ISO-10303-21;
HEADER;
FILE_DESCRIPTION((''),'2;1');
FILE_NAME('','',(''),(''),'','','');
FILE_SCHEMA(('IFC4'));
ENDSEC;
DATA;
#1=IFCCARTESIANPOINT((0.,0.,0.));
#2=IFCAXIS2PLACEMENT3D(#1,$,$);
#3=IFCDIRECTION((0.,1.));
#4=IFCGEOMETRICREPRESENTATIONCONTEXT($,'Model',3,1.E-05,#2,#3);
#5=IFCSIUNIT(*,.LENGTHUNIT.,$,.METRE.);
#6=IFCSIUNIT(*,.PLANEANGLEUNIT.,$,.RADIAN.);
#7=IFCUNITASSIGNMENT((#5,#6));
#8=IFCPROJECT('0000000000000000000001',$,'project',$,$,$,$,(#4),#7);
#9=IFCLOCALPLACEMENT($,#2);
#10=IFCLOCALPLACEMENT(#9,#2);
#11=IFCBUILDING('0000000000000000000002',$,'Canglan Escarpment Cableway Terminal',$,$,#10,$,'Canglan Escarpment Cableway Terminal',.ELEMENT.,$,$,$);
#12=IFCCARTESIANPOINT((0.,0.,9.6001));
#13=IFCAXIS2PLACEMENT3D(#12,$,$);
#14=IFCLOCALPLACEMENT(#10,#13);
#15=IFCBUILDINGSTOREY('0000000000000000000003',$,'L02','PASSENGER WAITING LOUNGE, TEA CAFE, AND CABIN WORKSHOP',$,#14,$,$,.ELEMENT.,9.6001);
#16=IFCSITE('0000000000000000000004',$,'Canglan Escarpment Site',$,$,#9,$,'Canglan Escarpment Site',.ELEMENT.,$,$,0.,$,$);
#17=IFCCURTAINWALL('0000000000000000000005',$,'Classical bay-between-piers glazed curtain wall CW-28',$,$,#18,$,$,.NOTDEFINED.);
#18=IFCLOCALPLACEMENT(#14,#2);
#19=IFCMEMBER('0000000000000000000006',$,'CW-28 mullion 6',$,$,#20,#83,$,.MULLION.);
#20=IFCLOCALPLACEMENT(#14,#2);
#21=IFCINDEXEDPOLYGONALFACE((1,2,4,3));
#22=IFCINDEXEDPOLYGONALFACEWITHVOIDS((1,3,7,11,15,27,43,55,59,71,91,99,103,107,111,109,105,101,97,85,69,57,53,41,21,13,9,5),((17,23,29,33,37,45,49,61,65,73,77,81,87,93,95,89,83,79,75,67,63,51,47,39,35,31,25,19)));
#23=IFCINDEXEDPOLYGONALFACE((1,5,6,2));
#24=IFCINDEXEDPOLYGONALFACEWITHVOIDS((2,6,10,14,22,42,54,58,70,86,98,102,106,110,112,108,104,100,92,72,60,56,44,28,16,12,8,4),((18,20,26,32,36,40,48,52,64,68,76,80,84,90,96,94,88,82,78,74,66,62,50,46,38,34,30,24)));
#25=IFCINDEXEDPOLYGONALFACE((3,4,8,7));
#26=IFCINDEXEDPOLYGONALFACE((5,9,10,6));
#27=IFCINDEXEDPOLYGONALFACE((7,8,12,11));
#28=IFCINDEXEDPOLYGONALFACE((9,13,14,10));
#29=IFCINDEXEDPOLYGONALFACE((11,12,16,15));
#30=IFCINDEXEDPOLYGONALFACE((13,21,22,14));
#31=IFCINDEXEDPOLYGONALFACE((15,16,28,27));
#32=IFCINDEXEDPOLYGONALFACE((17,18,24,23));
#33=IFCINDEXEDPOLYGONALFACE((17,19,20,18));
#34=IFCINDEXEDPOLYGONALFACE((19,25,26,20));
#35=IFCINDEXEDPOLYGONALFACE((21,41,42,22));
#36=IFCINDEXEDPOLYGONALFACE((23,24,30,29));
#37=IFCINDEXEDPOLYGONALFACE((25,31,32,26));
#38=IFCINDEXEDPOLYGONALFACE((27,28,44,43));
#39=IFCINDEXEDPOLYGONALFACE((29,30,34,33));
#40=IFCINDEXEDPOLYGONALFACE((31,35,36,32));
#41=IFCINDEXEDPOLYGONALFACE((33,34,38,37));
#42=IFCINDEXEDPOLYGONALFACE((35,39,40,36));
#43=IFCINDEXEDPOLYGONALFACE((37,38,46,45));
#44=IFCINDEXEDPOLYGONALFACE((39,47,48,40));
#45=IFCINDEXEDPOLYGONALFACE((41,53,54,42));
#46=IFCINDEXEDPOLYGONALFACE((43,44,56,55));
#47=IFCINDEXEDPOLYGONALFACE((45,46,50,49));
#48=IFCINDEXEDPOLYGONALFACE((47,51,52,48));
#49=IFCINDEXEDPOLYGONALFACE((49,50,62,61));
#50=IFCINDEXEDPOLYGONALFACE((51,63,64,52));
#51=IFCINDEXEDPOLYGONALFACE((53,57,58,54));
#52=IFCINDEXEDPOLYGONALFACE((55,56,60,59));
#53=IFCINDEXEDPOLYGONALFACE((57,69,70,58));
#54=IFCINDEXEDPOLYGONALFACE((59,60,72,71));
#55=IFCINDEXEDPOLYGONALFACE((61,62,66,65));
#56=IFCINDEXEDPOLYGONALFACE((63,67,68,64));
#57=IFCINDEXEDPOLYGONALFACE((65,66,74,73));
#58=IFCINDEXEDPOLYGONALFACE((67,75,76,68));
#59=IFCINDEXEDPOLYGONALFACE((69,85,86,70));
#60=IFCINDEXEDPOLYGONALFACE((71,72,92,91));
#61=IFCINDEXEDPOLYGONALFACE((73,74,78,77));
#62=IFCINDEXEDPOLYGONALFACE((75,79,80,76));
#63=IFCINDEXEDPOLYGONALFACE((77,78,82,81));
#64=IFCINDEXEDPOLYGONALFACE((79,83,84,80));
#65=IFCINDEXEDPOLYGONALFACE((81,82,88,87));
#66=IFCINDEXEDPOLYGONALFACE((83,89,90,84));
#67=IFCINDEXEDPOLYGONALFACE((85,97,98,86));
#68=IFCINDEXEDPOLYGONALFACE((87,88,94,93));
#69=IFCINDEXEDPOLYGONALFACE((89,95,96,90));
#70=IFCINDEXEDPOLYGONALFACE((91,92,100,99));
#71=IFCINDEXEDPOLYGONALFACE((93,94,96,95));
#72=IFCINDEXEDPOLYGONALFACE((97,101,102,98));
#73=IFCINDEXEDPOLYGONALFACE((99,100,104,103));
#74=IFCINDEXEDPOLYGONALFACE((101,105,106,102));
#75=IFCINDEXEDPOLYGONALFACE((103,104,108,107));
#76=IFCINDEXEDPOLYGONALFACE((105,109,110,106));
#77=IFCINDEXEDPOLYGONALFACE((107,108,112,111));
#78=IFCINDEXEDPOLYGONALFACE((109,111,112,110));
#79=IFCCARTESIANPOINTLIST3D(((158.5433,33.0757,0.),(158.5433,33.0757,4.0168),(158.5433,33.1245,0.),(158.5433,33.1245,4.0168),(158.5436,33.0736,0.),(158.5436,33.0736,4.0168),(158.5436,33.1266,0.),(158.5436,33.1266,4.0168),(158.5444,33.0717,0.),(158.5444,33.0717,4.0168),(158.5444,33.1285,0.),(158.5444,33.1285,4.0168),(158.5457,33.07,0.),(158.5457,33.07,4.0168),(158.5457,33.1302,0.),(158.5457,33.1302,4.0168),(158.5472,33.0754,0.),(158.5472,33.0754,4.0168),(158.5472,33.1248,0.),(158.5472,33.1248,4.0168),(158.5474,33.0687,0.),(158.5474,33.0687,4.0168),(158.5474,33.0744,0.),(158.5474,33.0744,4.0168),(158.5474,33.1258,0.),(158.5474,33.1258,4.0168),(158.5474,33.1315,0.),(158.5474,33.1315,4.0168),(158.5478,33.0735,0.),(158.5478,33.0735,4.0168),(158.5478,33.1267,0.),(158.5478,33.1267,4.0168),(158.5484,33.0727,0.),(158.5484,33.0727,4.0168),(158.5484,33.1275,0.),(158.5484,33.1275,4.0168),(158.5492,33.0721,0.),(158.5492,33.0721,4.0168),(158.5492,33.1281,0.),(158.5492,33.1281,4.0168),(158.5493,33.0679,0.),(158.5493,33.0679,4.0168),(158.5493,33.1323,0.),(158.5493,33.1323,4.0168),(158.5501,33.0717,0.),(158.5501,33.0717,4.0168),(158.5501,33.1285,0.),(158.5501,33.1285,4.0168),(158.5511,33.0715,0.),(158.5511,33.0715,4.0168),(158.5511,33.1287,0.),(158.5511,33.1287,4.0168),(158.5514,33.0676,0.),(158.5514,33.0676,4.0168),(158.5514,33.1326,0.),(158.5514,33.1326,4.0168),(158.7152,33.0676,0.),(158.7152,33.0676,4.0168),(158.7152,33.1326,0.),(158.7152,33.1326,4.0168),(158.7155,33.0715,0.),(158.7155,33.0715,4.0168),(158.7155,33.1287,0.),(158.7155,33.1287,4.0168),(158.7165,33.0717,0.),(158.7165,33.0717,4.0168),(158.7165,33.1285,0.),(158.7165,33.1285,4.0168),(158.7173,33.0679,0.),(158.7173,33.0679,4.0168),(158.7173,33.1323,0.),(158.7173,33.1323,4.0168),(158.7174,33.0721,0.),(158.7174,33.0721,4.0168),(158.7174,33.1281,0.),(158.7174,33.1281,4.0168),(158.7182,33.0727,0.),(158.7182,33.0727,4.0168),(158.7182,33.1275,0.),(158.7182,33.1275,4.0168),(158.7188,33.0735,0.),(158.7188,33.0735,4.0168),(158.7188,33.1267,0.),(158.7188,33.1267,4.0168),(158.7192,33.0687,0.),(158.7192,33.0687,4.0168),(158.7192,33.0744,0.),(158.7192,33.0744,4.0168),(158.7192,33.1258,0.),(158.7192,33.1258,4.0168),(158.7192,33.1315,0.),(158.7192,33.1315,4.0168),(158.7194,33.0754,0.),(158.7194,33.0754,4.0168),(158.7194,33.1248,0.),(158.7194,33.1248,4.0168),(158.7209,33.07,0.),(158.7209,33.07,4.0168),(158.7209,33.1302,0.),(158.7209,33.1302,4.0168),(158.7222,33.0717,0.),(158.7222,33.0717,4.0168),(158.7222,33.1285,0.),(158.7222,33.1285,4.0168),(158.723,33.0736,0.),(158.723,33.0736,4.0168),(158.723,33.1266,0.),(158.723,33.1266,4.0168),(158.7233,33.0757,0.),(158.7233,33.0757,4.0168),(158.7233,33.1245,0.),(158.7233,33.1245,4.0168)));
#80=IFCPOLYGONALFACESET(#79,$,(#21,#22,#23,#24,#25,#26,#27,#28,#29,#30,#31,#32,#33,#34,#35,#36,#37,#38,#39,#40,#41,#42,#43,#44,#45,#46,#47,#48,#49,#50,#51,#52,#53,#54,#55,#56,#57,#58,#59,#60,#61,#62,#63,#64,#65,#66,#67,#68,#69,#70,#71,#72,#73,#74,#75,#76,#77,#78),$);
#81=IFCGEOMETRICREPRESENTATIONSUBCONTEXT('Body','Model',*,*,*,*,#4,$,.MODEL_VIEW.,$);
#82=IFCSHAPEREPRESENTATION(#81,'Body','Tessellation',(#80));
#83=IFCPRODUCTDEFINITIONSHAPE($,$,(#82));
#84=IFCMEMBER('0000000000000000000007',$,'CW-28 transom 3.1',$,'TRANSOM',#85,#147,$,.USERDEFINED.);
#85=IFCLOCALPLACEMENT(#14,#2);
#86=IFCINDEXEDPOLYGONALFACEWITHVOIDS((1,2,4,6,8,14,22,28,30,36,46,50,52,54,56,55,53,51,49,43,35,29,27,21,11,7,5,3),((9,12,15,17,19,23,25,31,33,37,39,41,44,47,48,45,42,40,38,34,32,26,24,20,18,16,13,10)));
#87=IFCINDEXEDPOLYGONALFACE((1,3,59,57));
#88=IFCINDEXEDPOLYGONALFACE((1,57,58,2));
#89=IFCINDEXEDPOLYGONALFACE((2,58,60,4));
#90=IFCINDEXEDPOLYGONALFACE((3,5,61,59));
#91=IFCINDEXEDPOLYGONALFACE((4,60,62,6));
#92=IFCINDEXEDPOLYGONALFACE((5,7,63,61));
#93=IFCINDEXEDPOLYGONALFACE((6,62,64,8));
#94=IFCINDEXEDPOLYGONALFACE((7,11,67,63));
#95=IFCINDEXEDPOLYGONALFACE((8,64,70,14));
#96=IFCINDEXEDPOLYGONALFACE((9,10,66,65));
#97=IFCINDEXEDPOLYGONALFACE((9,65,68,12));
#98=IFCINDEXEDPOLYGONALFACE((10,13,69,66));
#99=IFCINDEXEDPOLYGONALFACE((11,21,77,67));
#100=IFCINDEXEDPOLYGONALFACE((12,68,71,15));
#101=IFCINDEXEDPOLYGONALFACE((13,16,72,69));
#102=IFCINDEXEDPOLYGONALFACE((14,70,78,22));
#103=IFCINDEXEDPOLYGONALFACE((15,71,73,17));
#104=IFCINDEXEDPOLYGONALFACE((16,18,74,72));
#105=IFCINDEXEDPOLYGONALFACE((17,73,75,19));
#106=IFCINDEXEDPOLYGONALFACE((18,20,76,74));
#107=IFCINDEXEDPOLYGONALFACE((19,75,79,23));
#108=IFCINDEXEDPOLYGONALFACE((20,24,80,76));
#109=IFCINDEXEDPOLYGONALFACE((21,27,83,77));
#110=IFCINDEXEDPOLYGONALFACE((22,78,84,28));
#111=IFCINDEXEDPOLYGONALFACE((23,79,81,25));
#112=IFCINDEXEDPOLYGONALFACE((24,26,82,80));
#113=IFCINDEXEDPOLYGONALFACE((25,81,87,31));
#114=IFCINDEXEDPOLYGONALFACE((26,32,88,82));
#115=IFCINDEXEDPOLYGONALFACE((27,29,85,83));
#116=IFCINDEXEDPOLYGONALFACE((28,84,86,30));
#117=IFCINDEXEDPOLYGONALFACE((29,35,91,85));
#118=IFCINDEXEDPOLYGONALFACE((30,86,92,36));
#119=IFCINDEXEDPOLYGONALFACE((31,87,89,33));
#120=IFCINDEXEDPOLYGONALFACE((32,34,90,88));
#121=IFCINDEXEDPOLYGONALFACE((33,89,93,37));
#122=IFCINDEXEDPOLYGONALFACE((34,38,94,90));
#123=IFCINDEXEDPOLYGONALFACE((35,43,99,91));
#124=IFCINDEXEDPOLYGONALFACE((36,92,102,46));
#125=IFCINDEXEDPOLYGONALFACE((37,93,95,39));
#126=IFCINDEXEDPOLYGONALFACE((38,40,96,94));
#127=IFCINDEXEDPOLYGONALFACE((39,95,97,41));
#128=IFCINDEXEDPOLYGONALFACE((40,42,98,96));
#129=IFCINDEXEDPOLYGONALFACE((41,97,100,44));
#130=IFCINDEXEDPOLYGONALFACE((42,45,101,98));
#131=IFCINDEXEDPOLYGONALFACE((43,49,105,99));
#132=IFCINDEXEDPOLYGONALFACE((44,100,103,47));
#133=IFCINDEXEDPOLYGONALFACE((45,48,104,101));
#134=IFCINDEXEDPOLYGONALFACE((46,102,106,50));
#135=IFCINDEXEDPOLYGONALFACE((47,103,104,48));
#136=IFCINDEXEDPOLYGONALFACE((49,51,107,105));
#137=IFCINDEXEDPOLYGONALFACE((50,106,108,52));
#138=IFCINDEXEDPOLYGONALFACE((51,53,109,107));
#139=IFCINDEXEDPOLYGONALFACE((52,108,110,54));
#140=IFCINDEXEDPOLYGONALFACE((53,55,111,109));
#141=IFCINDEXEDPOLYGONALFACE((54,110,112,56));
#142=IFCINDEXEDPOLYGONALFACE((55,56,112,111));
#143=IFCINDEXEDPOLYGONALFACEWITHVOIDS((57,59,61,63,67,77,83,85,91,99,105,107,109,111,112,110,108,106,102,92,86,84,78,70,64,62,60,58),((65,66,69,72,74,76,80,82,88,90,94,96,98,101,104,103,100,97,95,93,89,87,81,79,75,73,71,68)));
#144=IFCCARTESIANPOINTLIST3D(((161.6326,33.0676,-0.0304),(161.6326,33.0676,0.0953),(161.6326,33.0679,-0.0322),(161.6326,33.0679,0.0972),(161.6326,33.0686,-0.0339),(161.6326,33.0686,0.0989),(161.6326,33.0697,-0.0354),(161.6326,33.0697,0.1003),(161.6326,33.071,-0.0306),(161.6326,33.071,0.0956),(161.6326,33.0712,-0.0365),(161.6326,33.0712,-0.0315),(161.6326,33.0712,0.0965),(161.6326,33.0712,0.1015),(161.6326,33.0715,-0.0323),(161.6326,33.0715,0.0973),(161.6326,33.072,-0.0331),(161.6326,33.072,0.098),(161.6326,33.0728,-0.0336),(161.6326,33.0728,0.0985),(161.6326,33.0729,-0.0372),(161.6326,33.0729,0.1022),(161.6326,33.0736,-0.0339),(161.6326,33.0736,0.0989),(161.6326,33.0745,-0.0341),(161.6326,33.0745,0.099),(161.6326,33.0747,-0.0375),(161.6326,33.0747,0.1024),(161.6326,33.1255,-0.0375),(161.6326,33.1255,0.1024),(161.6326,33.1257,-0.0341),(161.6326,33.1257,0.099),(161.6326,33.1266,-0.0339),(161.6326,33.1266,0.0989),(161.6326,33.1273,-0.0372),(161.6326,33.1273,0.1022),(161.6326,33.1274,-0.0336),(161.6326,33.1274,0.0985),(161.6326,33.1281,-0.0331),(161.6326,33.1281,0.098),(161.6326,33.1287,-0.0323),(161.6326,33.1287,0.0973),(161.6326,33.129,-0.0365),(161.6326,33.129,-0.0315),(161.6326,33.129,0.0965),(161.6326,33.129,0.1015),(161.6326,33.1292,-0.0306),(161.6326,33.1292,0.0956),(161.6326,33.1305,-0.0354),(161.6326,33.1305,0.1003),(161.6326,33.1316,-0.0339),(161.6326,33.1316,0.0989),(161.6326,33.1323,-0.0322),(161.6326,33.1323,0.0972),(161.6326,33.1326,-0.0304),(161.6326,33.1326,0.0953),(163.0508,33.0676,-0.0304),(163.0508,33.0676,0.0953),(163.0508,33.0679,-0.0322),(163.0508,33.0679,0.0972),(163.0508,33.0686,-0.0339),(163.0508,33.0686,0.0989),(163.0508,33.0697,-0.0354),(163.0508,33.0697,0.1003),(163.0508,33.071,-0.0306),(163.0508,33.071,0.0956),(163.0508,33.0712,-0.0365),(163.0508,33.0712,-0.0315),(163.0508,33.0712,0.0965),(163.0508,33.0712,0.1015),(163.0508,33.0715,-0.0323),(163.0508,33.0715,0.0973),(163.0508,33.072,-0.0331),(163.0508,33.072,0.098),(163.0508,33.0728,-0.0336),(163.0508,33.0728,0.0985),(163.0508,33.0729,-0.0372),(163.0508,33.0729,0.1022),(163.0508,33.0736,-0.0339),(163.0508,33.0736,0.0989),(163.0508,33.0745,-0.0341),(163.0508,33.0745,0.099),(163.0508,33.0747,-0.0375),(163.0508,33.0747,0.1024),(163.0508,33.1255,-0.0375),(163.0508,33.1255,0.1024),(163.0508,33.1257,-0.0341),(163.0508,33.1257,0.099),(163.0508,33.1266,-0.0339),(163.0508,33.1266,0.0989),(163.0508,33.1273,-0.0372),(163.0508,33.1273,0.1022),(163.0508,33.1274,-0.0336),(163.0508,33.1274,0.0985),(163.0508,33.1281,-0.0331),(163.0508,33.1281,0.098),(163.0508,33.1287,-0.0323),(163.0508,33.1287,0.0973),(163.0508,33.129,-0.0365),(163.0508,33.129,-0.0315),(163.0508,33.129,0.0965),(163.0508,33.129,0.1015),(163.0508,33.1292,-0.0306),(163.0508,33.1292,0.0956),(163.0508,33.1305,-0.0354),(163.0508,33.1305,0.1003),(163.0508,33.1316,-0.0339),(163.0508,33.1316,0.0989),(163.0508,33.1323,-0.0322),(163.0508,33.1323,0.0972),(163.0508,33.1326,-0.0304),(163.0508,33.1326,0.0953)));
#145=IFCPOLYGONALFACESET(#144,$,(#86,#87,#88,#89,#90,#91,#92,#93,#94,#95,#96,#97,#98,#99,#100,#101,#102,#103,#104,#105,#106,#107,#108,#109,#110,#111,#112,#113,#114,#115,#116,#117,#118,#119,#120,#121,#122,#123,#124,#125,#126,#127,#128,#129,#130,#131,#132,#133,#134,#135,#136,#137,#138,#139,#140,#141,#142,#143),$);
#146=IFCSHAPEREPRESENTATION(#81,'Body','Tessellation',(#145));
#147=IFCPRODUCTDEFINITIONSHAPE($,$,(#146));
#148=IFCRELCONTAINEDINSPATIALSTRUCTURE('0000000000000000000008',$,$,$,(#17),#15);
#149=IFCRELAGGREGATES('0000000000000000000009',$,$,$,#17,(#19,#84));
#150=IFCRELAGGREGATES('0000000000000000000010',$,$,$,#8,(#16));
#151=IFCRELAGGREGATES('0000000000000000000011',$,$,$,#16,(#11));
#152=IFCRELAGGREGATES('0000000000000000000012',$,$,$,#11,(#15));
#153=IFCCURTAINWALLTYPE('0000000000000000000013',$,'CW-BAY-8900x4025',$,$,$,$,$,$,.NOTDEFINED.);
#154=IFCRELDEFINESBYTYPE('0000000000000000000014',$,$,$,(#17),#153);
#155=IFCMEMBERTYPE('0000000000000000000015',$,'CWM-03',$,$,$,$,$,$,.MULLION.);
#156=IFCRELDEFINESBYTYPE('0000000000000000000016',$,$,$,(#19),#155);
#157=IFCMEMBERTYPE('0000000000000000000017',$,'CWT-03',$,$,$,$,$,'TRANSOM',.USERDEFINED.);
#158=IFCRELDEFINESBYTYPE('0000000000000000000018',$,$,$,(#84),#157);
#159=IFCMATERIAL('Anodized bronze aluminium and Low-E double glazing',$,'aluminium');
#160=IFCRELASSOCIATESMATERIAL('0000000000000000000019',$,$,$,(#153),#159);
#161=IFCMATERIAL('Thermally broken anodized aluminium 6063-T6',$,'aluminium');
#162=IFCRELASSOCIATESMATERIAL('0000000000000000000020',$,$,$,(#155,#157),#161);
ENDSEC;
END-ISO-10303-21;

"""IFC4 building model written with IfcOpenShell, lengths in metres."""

from ifc_helpers import new_model, si_unit, direction, frame, origin, origin_2d, place, context, subcontext, project, spatial, hollow_rectangle, extrude, material, material_profile, profile_set, type_object, element, aggregate, save


model = new_model("IFC4")

# Units and contexts
model_context = context("Model", 3, precision=1e-05, world=origin(), true_north=direction((0.0, 1.0)))
body_context = subcontext(model_context, "Body", "Model", "MODEL_VIEW")
ifc_project = project(units=[si_unit("LENGTHUNIT", "METRE"), si_unit("PLANEANGLEUNIT", "RADIAN")], contexts=[model_context])

# Site, building, storey
site_placement = place(None, origin())
site = spatial("IfcSite", under=ifc_project, at=site_placement, Name="Canglan Escarpment Site", LongName="Canglan Escarpment Site", CompositionType="ELEMENT", RefElevation=0.0)
building_placement = place(site_placement, origin())
building = spatial("IfcBuilding", under=site, at=building_placement, Name="Canglan Escarpment Cableway Terminal", LongName="Canglan Escarpment Cableway Terminal", CompositionType="ELEMENT")
storey_placement = place(building_placement, frame((0.0, 0.0, 9.6001)))
storey = spatial("IfcBuildingStorey", under=building, at=storey_placement, Name="L02", Description="PASSENGER WAITING LOUNGE, TEA CAFE, AND CABIN WORKSHOP", CompositionType="ELEMENT", Elevation=9.6001)

# Curtain wall, members
ifc_material_1 = material(Name="Anodized bronze aluminium and Low-E double glazing", Category="aluminium")
curtain_wall_type = type_object("IfcCurtainWallType", Name="CW-BAY-8900x4025", PredefinedType="NOTDEFINED", material=ifc_material_1)
curtain_wall_placement = place(storey_placement, origin())
curtain_wall = element("IfcCurtainWall", 1, at=curtain_wall_placement, inside=storey, type_object=curtain_wall_type, Name="Classical bay-between-piers glazed curtain wall CW-28", PredefinedType="NOTDEFINED")
ifc_material_2 = material(Name="Thermally broken anodized aluminium 6063-T6", Category="aluminium")
ifc_material_profile_1 = material_profile(ifc_material_2, hollow_rectangle(XDim=0.0649, YDim=0.1799, WallThickness=0.0039, InnerFilletRadius=0.0039, OuterFilletRadius=0.0081, at=origin_2d()), Name="ALU-MULL 65x180x4")
ifc_profile_set_1 = profile_set([ifc_material_profile_1], Name="Thermally broken anodized aluminium 6063-T6")
member_type_1 = type_object("IfcMemberType", Name="CWM-03", PredefinedType="MULLION", material=ifc_profile_set_1)
member_1_placement = place(storey_placement, frame((158.6333, 33.1001, 0.0), z_axis=(0.0, 0.0, 1.0), x_axis=(0.0, -1.0, 0.0)))
member_1 = element("IfcMember", 2, at=member_1_placement, type_object=member_type_1, Name="CW-28 mullion 6", PredefinedType="MULLION", context=body_context, shape_type="SweptSolid", body=[
    extrude(hollow_rectangle(XDim=0.0649, YDim=0.1799, WallThickness=0.0039, InnerFilletRadius=0.0039, OuterFilletRadius=0.0081, at=origin_2d()), origin(), (0.0, 0.0, 1.0), 4.0168),
])
ifc_material_profile_2 = material_profile(ifc_material_2, hollow_rectangle(XDim=0.0649, YDim=0.1399, WallThickness=0.0034, InnerFilletRadius=0.0034, OuterFilletRadius=0.0071, at=origin_2d()), Name="ALU-TRAN 65x140x3.5")
ifc_profile_set_2 = profile_set([ifc_material_profile_2], Name="Thermally broken anodized aluminium 6063-T6")
member_type_2 = type_object("IfcMemberType", Name="CWT-03", ElementType="TRANSOM", PredefinedType="USERDEFINED", material=ifc_profile_set_2)
member_2_placement = place(storey_placement, frame((163.0508, 33.1001, 0.0325), z_axis=(-1.0, 0.0, 0.0), x_axis=(0.0, -1.0, 0.0)))
member_2 = element("IfcMember", 3, at=member_2_placement, type_object=member_type_2, Name="CW-28 transom 3.1", ObjectType="TRANSOM", PredefinedType="USERDEFINED", context=body_context, shape_type="SweptSolid", body=[
    extrude(hollow_rectangle(XDim=0.0649, YDim=0.1399, WallThickness=0.0034, InnerFilletRadius=0.0034, OuterFilletRadius=0.0071, at=origin_2d()), origin(), (0.0, 0.0, 1.0), 1.4182),
])
aggregate(curtain_wall, [member_1, member_2])

save(model, "model.ifc")
